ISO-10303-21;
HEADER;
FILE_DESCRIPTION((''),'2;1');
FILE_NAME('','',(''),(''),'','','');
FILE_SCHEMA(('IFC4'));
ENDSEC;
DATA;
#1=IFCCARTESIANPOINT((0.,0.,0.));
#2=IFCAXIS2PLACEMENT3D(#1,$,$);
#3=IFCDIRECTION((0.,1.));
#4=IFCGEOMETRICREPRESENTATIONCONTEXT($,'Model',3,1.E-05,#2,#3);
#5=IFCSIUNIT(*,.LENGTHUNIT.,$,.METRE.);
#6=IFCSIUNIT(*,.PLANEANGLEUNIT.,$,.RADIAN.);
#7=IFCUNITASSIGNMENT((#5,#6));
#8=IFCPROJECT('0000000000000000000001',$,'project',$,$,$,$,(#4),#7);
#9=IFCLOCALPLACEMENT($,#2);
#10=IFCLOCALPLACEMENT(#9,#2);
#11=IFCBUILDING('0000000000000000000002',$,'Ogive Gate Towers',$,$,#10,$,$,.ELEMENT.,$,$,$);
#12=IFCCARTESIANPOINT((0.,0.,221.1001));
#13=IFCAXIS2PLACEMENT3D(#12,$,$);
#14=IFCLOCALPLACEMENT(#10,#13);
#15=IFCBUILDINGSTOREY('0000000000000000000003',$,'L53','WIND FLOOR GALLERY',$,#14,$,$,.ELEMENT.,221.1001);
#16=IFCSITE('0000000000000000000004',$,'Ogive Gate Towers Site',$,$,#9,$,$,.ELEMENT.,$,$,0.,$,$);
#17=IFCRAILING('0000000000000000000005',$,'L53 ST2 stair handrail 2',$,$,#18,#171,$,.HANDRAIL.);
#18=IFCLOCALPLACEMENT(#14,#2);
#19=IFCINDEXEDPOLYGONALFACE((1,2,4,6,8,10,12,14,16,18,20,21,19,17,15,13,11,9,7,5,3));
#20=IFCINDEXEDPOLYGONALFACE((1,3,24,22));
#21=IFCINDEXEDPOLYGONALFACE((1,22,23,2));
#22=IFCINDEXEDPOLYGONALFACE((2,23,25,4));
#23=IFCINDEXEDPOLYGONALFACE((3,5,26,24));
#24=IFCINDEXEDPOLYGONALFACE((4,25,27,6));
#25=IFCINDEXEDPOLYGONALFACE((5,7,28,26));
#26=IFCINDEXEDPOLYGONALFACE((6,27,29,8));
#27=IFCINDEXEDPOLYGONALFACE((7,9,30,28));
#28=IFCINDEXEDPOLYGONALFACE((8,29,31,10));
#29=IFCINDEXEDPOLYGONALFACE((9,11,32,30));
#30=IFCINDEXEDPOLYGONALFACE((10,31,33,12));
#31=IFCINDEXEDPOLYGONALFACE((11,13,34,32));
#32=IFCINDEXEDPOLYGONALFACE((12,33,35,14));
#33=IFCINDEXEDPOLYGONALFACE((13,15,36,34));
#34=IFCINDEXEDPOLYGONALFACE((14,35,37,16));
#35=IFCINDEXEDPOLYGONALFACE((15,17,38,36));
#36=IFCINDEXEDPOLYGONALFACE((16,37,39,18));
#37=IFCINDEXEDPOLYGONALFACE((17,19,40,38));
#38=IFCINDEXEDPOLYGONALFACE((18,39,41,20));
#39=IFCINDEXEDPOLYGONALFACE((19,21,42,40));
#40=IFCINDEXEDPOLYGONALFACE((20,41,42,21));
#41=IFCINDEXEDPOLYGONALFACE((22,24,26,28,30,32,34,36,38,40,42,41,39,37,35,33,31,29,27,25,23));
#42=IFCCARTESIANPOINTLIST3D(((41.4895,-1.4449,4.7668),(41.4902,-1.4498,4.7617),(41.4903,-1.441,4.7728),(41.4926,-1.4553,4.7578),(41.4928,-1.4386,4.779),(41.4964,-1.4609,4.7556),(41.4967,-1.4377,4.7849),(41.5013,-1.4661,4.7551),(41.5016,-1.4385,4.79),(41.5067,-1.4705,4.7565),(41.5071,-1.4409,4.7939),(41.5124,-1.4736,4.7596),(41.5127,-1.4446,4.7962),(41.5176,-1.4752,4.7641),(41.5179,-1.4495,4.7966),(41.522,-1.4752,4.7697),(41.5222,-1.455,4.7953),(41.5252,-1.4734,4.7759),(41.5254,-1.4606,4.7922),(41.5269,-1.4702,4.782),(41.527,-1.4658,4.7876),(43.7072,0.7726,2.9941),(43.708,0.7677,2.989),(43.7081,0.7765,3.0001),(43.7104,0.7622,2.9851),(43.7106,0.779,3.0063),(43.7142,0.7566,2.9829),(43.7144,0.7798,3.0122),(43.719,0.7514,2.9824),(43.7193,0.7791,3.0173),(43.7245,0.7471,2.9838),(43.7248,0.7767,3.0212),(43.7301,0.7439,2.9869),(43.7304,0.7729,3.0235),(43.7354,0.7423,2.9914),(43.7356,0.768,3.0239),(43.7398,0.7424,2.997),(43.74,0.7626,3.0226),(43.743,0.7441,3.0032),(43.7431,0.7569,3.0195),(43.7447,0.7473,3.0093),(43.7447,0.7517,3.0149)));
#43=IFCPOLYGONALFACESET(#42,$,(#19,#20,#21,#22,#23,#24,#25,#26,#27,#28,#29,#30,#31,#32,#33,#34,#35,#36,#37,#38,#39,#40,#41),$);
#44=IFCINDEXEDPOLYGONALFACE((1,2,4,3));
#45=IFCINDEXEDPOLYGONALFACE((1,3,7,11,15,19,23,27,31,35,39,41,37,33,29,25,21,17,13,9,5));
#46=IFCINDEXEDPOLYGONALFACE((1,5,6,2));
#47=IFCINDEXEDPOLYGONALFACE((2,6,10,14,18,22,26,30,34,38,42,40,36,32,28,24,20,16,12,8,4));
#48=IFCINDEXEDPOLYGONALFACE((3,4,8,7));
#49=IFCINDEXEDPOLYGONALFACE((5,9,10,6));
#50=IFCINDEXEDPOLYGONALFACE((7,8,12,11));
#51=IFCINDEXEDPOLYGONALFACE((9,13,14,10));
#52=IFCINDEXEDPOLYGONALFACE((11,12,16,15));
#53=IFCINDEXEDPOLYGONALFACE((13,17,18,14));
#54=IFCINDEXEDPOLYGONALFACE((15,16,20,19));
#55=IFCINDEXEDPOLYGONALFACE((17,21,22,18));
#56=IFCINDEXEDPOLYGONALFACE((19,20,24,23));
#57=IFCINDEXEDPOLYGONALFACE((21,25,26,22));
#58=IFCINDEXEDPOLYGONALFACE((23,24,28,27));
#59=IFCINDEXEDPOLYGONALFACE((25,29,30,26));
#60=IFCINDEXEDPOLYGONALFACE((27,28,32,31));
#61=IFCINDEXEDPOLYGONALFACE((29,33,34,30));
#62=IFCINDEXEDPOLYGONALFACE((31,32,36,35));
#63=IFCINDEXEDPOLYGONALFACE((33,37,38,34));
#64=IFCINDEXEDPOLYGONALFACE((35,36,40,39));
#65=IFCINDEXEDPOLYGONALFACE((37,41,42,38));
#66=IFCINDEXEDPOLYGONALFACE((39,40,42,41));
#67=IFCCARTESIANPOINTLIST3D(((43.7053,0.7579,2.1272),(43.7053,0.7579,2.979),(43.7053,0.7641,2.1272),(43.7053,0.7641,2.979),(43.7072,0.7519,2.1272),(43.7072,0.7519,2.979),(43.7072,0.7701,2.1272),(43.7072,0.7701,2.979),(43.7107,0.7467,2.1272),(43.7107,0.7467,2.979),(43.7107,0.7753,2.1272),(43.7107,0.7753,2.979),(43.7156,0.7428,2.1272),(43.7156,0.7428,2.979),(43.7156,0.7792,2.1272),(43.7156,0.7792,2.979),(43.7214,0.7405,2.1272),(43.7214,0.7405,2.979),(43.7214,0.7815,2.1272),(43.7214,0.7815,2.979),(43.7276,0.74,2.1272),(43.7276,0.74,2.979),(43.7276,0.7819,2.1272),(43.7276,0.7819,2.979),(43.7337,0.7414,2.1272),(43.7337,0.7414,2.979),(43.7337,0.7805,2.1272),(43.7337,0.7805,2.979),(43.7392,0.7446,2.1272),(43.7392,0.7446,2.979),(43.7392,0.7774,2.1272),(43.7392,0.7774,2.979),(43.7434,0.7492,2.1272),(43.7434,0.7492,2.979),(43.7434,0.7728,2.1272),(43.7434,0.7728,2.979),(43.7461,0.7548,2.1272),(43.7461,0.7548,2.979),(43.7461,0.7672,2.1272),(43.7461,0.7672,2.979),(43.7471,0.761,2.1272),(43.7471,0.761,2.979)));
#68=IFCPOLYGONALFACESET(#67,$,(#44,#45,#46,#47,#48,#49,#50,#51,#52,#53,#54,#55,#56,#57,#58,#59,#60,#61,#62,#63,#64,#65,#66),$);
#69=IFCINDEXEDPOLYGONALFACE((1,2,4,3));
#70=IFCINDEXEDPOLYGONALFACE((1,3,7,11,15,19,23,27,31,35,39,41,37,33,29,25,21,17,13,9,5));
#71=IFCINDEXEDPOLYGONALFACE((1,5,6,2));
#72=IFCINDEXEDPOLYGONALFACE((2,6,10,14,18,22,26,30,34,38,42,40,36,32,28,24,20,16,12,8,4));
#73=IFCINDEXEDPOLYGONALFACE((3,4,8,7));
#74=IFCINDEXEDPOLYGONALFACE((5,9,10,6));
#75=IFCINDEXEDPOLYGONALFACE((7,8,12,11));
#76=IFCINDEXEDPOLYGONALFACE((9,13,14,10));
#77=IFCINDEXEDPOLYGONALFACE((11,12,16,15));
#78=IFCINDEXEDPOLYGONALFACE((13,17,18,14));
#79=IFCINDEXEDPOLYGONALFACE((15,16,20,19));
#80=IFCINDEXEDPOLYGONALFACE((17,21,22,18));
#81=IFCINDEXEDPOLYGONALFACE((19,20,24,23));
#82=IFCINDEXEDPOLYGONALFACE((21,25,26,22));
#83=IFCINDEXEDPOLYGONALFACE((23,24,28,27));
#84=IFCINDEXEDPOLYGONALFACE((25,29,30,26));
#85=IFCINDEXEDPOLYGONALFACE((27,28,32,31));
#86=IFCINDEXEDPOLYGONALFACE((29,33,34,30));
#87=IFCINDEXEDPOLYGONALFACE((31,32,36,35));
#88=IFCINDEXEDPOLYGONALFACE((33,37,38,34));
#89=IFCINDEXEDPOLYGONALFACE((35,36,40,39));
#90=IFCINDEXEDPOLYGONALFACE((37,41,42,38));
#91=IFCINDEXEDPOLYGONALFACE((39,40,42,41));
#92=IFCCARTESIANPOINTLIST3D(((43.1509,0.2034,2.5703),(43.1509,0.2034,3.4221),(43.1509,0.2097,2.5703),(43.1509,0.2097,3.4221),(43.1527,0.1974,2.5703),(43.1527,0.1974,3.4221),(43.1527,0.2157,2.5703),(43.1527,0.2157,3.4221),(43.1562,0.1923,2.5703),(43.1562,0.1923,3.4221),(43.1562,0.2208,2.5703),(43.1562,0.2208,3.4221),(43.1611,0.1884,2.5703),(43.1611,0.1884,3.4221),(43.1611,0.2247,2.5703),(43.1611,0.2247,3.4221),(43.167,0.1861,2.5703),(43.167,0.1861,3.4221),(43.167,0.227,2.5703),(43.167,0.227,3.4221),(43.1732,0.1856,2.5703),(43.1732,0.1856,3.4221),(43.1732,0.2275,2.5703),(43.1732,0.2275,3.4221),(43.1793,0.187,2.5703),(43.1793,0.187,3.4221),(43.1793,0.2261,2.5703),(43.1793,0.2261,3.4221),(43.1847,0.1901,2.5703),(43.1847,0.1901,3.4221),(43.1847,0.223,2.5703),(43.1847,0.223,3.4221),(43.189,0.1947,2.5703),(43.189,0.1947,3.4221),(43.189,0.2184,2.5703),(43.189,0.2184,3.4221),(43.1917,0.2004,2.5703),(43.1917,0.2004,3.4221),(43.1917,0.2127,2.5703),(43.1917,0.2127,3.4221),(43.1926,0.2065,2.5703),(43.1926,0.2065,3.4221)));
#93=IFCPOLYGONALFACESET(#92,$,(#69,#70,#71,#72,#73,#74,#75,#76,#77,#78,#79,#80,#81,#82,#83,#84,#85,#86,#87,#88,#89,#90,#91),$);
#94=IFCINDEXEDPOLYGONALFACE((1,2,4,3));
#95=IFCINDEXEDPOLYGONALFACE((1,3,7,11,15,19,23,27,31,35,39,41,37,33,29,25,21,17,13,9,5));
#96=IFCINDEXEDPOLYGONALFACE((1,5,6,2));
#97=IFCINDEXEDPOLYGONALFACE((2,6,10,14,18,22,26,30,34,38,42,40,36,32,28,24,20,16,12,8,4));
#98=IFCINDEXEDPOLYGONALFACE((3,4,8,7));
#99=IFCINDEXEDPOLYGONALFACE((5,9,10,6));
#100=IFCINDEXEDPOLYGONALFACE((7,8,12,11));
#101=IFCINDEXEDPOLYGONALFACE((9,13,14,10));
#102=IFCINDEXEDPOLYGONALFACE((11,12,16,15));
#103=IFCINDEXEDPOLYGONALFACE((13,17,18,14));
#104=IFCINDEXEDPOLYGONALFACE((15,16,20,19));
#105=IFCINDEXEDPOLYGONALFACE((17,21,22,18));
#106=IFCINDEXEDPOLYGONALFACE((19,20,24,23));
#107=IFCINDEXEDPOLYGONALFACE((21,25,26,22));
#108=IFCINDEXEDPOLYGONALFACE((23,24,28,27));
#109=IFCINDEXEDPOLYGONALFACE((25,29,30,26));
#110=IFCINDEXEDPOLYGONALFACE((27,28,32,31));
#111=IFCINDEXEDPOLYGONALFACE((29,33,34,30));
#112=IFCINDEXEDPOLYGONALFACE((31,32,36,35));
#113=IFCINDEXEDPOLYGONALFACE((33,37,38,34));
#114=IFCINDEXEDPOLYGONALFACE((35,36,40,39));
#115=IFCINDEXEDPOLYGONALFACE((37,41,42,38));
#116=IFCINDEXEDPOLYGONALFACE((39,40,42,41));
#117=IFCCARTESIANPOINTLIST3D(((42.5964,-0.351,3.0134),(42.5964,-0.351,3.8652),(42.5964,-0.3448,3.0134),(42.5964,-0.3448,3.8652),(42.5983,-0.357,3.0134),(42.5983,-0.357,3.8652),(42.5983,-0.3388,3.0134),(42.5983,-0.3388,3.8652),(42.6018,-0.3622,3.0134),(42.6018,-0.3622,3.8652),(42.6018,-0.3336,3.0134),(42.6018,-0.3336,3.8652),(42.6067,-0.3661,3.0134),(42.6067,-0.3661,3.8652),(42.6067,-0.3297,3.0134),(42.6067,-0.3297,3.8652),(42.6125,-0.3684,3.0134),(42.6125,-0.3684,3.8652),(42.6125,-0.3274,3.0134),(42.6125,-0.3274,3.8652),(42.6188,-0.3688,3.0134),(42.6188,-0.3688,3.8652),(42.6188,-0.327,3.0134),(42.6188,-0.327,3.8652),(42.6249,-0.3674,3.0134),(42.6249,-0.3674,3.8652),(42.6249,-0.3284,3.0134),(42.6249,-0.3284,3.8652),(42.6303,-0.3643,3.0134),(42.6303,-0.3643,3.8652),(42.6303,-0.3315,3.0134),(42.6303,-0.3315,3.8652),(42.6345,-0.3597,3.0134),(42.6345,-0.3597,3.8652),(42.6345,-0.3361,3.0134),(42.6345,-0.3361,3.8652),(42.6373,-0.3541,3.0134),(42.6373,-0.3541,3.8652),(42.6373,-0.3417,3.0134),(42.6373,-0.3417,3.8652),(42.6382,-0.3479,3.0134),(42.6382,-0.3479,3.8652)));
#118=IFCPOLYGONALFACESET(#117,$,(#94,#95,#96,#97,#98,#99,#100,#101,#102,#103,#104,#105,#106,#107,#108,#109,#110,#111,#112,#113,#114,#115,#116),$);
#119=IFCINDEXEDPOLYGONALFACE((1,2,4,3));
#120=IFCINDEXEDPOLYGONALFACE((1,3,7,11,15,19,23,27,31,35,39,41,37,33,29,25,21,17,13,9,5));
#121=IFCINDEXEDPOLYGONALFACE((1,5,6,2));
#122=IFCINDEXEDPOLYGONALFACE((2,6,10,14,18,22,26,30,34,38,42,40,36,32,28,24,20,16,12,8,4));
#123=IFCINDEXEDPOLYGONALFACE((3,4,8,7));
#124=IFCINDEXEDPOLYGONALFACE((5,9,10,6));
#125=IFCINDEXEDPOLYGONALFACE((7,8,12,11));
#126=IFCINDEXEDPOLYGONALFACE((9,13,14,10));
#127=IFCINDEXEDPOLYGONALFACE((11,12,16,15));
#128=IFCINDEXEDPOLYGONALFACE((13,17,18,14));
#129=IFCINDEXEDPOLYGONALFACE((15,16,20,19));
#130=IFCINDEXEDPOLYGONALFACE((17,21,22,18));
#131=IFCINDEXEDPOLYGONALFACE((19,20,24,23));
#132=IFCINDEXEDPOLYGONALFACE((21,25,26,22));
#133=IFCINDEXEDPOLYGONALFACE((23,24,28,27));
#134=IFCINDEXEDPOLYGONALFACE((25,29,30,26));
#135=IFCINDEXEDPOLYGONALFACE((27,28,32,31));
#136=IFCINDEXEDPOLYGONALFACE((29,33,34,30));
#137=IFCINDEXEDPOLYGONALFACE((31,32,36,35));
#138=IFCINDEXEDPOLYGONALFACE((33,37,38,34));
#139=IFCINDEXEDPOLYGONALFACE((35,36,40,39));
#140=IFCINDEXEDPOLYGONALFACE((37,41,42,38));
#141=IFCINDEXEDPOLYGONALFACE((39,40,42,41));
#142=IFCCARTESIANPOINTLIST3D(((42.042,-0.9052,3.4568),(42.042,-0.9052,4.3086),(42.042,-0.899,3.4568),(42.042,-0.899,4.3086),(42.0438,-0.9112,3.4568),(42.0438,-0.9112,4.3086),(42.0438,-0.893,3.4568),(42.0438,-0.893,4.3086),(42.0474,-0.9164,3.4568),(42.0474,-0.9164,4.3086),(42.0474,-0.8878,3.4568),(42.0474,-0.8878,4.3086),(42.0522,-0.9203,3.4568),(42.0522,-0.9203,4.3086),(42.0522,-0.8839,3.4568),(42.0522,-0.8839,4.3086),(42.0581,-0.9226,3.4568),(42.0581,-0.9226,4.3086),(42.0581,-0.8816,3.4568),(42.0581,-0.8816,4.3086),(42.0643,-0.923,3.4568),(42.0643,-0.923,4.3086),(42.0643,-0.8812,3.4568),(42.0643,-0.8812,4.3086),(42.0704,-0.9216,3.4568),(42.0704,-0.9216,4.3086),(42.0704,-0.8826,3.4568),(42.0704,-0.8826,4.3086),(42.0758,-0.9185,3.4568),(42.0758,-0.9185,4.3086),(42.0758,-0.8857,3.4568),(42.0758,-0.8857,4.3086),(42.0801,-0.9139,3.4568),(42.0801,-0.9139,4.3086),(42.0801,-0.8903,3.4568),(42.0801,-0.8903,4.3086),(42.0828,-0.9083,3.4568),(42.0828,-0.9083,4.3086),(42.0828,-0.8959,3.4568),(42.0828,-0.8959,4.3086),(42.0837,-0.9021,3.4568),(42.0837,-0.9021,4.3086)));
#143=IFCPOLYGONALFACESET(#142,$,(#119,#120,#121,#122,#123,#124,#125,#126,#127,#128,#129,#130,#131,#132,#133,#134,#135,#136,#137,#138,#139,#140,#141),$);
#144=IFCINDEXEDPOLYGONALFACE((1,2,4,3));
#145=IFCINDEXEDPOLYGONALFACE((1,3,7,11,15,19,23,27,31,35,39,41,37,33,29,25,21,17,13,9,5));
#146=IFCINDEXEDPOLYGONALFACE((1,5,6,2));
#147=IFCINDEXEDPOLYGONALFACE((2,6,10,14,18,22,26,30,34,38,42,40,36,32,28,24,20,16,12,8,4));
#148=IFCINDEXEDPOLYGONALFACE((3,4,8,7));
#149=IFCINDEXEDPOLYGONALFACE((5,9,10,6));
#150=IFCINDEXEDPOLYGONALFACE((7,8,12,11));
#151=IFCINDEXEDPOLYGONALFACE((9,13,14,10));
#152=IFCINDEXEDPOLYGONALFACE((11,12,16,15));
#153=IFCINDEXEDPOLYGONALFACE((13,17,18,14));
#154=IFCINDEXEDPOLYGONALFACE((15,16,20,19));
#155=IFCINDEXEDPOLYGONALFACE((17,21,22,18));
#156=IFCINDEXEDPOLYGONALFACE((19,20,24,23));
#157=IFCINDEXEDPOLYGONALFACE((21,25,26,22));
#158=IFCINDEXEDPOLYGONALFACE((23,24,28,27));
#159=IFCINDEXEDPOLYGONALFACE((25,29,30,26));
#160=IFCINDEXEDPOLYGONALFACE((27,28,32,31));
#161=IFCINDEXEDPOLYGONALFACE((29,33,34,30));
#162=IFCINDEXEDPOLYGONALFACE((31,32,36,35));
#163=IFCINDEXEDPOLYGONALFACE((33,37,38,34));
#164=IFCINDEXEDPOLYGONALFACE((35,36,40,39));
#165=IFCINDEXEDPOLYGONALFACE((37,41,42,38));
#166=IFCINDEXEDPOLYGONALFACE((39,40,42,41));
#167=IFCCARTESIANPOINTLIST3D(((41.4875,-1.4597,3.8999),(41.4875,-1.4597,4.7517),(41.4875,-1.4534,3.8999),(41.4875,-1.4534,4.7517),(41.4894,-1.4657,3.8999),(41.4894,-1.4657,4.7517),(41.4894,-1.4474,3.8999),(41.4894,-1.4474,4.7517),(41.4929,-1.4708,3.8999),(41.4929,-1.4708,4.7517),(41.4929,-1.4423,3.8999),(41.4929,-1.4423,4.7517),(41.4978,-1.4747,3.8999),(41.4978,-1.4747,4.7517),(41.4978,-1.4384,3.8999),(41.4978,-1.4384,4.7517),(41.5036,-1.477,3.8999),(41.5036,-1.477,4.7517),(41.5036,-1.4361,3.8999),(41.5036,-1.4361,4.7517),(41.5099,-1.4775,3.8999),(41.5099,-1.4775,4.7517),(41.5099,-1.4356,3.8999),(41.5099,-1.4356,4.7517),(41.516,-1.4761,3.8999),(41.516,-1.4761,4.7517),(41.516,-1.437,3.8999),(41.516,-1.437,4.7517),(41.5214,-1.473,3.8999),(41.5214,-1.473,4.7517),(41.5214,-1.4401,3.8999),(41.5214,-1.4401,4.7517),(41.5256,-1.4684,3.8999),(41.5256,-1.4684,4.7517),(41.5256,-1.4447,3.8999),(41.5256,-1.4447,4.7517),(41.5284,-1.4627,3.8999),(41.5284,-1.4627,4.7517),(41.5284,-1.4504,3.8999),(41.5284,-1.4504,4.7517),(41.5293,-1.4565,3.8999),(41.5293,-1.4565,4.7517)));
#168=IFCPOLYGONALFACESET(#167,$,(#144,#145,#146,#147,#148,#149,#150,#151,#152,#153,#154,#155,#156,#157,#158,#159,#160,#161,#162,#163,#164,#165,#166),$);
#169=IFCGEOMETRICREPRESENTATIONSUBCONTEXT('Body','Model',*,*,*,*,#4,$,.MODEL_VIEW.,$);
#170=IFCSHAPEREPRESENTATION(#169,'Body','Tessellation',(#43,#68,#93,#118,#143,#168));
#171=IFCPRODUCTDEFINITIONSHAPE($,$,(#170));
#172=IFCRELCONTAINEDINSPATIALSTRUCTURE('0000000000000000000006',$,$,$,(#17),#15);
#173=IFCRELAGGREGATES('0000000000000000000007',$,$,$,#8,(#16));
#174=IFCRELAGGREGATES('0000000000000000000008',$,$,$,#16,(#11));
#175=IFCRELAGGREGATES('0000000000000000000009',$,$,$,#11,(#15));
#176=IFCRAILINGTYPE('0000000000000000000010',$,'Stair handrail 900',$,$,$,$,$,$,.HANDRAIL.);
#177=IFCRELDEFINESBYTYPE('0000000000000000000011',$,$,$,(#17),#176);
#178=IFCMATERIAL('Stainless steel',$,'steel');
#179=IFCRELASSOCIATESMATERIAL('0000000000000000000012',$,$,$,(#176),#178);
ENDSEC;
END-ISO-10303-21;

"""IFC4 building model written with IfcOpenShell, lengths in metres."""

from ifc_helpers import new_model, si_unit, direction, frame, origin, origin_2d, place, context, subcontext, project, spatial, circle, extrude, material, type_object, element, save


model = new_model("IFC4")

# Units and contexts
model_context = context("Model", 3, precision=1e-05, world=origin(), true_north=direction((0.0, 1.0)))
body_context = subcontext(model_context, "Body", "Model", "MODEL_VIEW")
ifc_project = project(units=[si_unit("LENGTHUNIT", "METRE"), si_unit("PLANEANGLEUNIT", "RADIAN")], contexts=[model_context])

# Site, building, storey
site_placement = place(None, origin())
site = spatial("IfcSite", under=ifc_project, at=site_placement, Name="Ogive Gate Towers Site", CompositionType="ELEMENT", RefElevation=0.0)
building_placement = place(site_placement, origin())
building = spatial("IfcBuilding", under=site, at=building_placement, Name="Ogive Gate Towers", CompositionType="ELEMENT")
storey_placement = place(building_placement, frame((0.0, 0.0, 221.1001)))
storey = spatial("IfcBuildingStorey", under=building, at=storey_placement, Name="L53", Description="WIND FLOOR GALLERY", CompositionType="ELEMENT", Elevation=221.1001)

# Railing
ifc_material_1 = material(Name="Stainless steel", Category="steel")
railing_type_1 = type_object("IfcRailingType", Name="Stair handrail 900", PredefinedType="HANDRAIL", material=ifc_material_1)
for number, where, name in (
    (1, (43.7261, 0.761, 2.1272), "L53 ST2 stair handrail 2"),
):
    element("IfcRailing", number, at=place(storey_placement, frame(where)), inside=storey, type_object=railing_type_1, Name=name, PredefinedType="HANDRAIL", context=body_context, shape_type="SweptSolid", body=[
        extrude(circle(Radius=0.0239, at=origin_2d()), frame((0.0, 0.0, 0.876), z_axis=(-0.61561, -0.615543, 0.492068), x_axis=(0.707068, -0.707146, 0.0)), (0.0, 0.0, 1.0), 3.6025),
        extrude(circle(Radius=0.021, at=origin_2d()), origin(), (0.0, 0.0, 1.0), 0.8518),
        extrude(circle(Radius=0.021, at=origin_2d()), frame((-0.5544, -0.5544, 0.4431)), (0.0, 0.0, 1.0), 0.8518),
        extrude(circle(Radius=0.021, at=origin_2d()), frame((-1.1089, -1.1089, 0.8862)), (0.0, 0.0, 1.0), 0.8518),
        extrude(circle(Radius=0.021, at=origin_2d()), frame((-1.6633, -1.6631, 1.3296)), (0.0, 0.0, 1.0), 0.8518),
        extrude(circle(Radius=0.021, at=origin_2d()), frame((-2.2178, -2.2175, 1.7727)), (0.0, 0.0, 1.0), 0.8518),
    ])

save(model, "model.ifc")
